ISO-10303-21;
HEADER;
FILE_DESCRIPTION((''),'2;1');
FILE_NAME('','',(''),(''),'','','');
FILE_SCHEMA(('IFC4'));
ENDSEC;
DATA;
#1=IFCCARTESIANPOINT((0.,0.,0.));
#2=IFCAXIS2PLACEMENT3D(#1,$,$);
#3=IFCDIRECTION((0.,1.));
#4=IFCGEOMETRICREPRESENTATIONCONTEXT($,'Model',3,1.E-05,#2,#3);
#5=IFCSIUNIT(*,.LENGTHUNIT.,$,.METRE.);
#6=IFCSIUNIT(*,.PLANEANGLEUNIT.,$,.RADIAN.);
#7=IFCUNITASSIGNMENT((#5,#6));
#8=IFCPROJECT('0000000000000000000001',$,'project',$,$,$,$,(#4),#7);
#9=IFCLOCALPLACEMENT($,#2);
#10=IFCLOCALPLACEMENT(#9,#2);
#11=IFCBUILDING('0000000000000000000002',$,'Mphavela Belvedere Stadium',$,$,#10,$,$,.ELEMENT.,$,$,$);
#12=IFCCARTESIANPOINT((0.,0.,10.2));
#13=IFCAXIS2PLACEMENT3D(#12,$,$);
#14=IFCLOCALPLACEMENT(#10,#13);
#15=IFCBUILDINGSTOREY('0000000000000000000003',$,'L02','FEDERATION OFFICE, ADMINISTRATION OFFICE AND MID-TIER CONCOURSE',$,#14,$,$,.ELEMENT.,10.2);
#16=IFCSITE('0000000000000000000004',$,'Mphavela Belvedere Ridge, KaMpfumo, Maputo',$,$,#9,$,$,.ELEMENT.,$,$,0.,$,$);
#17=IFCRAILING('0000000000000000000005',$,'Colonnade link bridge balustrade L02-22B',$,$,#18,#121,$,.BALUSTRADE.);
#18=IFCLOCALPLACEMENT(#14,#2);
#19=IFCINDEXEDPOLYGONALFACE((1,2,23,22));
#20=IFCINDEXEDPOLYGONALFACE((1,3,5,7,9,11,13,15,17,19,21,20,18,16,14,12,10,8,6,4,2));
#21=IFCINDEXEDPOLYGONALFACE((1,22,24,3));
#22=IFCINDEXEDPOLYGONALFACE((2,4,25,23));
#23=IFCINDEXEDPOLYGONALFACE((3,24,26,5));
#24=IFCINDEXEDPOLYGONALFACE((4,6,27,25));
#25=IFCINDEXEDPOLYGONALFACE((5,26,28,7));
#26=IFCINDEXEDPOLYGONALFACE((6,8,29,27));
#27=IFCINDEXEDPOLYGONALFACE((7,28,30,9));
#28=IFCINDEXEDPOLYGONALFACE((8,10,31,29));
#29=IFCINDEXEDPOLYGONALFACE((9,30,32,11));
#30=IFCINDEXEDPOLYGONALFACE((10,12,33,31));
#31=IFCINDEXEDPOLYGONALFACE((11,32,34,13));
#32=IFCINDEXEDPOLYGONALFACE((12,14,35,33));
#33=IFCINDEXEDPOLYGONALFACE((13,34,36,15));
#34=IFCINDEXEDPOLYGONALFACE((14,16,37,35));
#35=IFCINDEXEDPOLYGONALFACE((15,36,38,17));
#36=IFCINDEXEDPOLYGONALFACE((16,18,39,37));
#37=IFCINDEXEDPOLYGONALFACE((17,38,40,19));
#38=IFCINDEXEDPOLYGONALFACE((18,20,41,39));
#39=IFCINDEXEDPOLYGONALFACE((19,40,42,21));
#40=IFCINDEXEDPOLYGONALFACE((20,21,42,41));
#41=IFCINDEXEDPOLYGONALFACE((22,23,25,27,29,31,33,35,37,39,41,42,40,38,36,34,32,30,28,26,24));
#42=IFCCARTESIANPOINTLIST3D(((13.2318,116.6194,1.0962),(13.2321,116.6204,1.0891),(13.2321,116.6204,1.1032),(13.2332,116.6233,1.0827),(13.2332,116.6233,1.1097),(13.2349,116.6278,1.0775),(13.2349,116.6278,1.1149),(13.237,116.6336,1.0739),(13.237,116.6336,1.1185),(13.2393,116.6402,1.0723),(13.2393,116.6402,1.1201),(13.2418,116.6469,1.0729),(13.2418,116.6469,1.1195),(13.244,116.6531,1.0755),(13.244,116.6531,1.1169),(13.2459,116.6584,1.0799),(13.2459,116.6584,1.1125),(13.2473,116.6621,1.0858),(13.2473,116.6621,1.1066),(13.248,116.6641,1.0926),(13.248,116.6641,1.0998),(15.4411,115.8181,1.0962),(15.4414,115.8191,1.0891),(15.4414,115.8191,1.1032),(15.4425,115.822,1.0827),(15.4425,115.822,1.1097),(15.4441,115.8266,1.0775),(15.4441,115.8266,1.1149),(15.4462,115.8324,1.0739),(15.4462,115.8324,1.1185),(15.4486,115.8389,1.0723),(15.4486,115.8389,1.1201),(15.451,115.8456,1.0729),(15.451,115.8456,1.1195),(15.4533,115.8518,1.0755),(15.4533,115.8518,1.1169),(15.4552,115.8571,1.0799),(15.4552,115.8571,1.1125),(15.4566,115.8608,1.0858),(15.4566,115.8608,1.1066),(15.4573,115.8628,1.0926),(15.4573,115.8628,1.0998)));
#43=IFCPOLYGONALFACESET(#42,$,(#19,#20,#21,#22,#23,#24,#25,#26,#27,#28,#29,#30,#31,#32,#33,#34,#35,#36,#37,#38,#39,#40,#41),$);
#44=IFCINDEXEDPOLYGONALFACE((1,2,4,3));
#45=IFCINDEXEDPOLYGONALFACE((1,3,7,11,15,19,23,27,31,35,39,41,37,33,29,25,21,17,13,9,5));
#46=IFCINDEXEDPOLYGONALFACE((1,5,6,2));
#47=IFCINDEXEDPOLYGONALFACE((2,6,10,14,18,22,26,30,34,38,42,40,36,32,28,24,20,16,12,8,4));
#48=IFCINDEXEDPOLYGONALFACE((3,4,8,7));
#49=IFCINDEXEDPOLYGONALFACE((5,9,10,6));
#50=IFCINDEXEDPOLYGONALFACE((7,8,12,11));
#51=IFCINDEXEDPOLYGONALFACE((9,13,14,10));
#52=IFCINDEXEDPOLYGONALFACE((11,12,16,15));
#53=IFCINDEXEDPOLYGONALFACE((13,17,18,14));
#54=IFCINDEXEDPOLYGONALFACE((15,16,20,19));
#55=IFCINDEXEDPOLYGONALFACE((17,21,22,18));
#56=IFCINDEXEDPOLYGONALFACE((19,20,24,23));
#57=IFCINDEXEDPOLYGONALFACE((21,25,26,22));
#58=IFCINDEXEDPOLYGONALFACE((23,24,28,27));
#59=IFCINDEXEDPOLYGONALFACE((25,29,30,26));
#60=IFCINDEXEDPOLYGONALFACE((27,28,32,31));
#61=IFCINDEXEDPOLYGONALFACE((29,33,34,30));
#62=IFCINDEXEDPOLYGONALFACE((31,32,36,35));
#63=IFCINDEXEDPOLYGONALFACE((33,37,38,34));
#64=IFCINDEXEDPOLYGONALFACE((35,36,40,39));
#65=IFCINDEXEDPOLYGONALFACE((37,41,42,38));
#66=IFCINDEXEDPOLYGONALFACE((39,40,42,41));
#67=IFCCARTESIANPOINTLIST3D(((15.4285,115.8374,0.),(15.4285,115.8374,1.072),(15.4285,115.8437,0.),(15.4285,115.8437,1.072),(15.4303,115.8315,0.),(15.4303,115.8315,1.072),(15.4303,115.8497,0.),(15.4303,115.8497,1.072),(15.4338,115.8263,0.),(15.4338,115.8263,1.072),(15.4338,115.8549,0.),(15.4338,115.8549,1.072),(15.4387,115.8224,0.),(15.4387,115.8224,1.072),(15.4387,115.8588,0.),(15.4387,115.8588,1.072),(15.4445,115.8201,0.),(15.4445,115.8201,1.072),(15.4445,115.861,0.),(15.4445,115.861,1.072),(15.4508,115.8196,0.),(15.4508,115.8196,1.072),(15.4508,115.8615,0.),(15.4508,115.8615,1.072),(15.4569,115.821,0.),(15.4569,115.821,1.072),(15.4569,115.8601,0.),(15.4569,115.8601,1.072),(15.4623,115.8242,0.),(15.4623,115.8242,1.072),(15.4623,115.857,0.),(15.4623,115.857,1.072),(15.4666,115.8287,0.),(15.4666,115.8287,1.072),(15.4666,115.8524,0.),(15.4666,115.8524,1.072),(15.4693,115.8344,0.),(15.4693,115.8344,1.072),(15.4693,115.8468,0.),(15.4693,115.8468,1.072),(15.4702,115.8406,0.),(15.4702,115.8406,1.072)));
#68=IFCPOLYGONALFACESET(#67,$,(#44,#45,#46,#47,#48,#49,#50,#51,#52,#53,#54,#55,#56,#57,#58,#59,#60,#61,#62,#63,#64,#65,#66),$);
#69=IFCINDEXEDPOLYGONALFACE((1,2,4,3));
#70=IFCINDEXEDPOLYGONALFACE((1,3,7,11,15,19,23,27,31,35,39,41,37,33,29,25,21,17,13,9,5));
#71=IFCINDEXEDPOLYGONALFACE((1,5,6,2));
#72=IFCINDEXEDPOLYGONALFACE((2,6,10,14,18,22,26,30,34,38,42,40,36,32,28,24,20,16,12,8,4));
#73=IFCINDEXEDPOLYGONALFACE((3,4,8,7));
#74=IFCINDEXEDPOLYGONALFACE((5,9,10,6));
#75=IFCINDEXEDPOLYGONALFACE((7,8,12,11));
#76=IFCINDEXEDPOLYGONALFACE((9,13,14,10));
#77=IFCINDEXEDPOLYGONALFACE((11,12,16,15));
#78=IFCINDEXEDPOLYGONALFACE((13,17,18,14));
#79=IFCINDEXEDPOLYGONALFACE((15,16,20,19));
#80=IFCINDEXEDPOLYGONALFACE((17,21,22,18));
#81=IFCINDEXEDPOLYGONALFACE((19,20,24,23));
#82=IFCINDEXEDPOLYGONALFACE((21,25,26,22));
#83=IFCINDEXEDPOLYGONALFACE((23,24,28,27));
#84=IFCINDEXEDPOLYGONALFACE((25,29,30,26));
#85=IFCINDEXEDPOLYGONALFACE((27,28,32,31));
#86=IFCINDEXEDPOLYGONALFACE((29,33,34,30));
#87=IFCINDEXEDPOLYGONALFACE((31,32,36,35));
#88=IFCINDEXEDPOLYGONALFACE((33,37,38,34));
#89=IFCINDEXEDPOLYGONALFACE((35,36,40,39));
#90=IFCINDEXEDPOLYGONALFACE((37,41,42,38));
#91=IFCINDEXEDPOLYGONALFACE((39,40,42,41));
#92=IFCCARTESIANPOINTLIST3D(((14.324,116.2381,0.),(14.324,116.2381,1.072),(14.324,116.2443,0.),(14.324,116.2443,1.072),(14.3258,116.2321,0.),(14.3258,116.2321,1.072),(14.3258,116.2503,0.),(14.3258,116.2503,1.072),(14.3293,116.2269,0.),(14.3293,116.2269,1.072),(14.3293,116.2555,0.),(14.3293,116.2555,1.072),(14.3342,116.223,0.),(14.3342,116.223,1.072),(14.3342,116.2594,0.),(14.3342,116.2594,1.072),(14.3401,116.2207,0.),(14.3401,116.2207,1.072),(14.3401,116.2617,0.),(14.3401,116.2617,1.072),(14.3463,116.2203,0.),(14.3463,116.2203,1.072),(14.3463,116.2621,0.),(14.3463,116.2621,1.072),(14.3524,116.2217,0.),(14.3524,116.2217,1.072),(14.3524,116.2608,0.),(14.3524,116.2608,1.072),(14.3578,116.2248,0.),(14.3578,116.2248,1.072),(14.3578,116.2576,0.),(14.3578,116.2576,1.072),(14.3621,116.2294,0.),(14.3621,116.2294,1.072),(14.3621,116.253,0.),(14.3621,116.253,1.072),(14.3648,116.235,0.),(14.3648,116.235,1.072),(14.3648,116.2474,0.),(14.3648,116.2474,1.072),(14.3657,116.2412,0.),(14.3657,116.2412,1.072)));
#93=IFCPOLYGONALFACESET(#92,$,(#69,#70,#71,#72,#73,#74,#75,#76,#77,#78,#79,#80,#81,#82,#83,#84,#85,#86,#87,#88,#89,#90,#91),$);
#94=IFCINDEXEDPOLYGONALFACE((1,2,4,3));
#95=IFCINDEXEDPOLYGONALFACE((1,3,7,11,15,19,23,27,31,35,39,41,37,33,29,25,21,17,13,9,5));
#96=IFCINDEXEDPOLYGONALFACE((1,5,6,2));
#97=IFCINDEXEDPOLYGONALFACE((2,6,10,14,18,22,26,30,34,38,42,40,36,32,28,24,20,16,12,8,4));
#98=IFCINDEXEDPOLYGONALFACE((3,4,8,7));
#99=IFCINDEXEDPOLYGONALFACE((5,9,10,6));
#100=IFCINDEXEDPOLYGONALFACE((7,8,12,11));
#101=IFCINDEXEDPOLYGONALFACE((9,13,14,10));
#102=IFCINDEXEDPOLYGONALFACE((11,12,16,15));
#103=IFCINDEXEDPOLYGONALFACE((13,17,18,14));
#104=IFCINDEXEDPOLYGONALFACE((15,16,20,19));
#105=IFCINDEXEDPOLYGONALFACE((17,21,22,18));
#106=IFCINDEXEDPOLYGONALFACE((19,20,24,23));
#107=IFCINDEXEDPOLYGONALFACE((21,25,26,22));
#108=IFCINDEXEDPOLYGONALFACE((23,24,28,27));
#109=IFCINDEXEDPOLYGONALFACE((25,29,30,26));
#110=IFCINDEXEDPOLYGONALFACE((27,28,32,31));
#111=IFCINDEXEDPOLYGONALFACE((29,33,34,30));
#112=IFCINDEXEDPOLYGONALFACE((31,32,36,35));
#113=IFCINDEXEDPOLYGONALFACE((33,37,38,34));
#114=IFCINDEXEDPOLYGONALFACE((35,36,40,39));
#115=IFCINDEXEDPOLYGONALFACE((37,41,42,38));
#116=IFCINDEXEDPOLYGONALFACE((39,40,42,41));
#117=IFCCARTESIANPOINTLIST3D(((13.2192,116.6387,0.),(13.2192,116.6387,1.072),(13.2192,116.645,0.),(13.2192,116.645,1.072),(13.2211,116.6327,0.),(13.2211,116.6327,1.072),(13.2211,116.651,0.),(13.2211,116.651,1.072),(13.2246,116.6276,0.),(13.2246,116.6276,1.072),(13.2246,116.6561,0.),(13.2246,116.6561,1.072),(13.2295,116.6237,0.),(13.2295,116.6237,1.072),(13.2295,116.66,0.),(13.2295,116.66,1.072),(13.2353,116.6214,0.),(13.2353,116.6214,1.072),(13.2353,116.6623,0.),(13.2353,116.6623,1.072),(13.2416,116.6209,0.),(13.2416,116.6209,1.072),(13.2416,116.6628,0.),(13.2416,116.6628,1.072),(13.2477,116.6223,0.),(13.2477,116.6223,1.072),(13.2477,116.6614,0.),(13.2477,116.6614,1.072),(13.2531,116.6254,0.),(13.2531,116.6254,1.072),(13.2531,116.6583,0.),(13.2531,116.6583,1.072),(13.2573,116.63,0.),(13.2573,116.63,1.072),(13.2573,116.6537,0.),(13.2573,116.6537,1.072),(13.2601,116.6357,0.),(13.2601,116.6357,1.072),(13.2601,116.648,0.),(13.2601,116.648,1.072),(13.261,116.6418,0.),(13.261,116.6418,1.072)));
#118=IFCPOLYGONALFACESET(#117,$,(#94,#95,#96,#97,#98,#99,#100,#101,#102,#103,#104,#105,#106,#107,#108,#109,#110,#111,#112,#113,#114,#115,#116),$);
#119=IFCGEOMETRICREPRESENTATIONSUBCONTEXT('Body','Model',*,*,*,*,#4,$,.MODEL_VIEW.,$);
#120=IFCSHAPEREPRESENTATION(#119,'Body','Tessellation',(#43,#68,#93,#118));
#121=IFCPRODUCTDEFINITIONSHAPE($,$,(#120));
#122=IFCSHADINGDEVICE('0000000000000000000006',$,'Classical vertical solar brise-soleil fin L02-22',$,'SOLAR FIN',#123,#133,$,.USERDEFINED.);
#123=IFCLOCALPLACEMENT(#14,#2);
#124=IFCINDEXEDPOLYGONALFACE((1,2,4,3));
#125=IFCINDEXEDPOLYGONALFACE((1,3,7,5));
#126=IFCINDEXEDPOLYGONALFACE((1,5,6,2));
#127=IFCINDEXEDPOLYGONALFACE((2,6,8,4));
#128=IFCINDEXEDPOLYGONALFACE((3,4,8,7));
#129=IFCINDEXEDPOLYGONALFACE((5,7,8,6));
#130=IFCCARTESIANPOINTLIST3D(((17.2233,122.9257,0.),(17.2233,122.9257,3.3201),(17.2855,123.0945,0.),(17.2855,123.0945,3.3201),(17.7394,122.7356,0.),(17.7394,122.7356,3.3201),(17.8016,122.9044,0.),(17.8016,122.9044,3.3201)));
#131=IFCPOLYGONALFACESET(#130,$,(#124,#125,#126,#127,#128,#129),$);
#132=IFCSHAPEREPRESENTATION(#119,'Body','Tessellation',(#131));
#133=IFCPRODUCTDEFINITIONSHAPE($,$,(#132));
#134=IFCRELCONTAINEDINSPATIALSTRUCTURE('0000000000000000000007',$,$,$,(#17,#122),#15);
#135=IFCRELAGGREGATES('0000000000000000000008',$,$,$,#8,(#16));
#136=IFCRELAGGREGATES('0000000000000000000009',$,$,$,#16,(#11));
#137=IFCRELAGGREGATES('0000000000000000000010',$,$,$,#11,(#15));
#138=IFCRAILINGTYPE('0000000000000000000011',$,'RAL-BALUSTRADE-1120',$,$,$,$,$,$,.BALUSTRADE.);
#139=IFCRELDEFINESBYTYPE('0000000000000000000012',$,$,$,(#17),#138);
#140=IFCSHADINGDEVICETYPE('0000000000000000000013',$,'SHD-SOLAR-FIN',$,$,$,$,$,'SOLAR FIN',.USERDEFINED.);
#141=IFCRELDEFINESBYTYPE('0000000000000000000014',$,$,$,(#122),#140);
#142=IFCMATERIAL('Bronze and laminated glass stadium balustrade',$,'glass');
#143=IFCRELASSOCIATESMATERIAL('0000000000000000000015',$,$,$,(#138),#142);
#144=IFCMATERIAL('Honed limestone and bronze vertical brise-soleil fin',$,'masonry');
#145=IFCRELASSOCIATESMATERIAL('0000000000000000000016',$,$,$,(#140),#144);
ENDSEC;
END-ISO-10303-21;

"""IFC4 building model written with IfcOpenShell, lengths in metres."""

from ifc_helpers import new_model, si_unit, direction, frame, origin, origin_2d, place, context, subcontext, project, spatial, rectangle, circle, extrude, material, type_object, element, save


model = new_model("IFC4")

# Units and contexts
model_context = context("Model", 3, precision=1e-05, world=origin(), true_north=direction((0.0, 1.0)))
body_context = subcontext(model_context, "Body", "Model", "MODEL_VIEW")
ifc_project = project(units=[si_unit("LENGTHUNIT", "METRE"), si_unit("PLANEANGLEUNIT", "RADIAN")], contexts=[model_context])

# Site, building, storey
site_placement = place(None, origin())
site = spatial("IfcSite", under=ifc_project, at=site_placement, Name="Mphavela Belvedere Ridge, KaMpfumo, Maputo", CompositionType="ELEMENT", RefElevation=0.0)
building_placement = place(site_placement, origin())
building = spatial("IfcBuilding", under=site, at=building_placement, Name="Mphavela Belvedere Stadium", CompositionType="ELEMENT")
storey_placement = place(building_placement, frame((0.0, 0.0, 10.2)))
storey = spatial("IfcBuildingStorey", under=building, at=storey_placement, Name="L02", Description="FEDERATION OFFICE, ADMINISTRATION OFFICE AND MID-TIER CONCOURSE", CompositionType="ELEMENT", Elevation=10.2)

# Railing
ifc_material_1 = material(Name="Bronze and laminated glass stadium balustrade", Category="glass")
railing_type = type_object("IfcRailingType", Name="RAL-BALUSTRADE-1120", PredefinedType="BALUSTRADE", material=ifc_material_1)
railing_1_placement = place(storey_placement, frame((15.4492, 115.8406, 0.0)))
element("IfcRailing", 1, at=railing_1_placement, inside=storey, type_object=railing_type, Name="Colonnade link bridge balustrade L02-22B", PredefinedType="BALUSTRADE", context=body_context, shape_type="SweptSolid", body=[
    extrude(circle(Radius=0.0239, at=origin_2d()), frame((0.0, 0.0, 1.0962), z_axis=(-0.940078, 0.340959, 0.0), x_axis=(-0.340959, -0.940078, 0.0)), (0.0, 0.0, 1.0), 2.3501),
    extrude(circle(Radius=0.021, at=origin_2d()), origin(), (0.0, 0.0, 1.0), 1.072),
    extrude(circle(Radius=0.021, at=origin_2d()), frame((-1.1045, 0.4006, 0.0)), (0.0, 0.0, 1.0), 1.072),
    extrude(circle(Radius=0.021, at=origin_2d()), frame((-2.2092, 0.8013, 0.0)), (0.0, 0.0, 1.0), 1.072),
])

# Shading device
ifc_material_2 = material(Name="Honed limestone and bronze vertical brise-soleil fin", Category="masonry")
shading_device_type = type_object("IfcShadingDeviceType", Name="SHD-SOLAR-FIN", ElementType="SOLAR FIN", PredefinedType="USERDEFINED", material=ifc_material_2)
shading_device_placement = place(storey_placement, frame((17.5125, 122.915, 0.0), z_axis=(0.0, 0.0, 1.0), x_axis=(-0.938372, 0.345626, 0.0)))
element("IfcShadingDevice", 2, at=shading_device_placement, inside=storey, type_object=shading_device_type, Name="Classical vertical solar brise-soleil fin L02-22", ObjectType="SOLAR FIN", PredefinedType="USERDEFINED", context=body_context, shape_type="SweptSolid", body=[
    extrude(rectangle(XDim=0.55, YDim=0.1799, at=origin_2d()), origin(), (0.0, 0.0, 1.0), 3.3201),
])

save(model, "model.ifc")
